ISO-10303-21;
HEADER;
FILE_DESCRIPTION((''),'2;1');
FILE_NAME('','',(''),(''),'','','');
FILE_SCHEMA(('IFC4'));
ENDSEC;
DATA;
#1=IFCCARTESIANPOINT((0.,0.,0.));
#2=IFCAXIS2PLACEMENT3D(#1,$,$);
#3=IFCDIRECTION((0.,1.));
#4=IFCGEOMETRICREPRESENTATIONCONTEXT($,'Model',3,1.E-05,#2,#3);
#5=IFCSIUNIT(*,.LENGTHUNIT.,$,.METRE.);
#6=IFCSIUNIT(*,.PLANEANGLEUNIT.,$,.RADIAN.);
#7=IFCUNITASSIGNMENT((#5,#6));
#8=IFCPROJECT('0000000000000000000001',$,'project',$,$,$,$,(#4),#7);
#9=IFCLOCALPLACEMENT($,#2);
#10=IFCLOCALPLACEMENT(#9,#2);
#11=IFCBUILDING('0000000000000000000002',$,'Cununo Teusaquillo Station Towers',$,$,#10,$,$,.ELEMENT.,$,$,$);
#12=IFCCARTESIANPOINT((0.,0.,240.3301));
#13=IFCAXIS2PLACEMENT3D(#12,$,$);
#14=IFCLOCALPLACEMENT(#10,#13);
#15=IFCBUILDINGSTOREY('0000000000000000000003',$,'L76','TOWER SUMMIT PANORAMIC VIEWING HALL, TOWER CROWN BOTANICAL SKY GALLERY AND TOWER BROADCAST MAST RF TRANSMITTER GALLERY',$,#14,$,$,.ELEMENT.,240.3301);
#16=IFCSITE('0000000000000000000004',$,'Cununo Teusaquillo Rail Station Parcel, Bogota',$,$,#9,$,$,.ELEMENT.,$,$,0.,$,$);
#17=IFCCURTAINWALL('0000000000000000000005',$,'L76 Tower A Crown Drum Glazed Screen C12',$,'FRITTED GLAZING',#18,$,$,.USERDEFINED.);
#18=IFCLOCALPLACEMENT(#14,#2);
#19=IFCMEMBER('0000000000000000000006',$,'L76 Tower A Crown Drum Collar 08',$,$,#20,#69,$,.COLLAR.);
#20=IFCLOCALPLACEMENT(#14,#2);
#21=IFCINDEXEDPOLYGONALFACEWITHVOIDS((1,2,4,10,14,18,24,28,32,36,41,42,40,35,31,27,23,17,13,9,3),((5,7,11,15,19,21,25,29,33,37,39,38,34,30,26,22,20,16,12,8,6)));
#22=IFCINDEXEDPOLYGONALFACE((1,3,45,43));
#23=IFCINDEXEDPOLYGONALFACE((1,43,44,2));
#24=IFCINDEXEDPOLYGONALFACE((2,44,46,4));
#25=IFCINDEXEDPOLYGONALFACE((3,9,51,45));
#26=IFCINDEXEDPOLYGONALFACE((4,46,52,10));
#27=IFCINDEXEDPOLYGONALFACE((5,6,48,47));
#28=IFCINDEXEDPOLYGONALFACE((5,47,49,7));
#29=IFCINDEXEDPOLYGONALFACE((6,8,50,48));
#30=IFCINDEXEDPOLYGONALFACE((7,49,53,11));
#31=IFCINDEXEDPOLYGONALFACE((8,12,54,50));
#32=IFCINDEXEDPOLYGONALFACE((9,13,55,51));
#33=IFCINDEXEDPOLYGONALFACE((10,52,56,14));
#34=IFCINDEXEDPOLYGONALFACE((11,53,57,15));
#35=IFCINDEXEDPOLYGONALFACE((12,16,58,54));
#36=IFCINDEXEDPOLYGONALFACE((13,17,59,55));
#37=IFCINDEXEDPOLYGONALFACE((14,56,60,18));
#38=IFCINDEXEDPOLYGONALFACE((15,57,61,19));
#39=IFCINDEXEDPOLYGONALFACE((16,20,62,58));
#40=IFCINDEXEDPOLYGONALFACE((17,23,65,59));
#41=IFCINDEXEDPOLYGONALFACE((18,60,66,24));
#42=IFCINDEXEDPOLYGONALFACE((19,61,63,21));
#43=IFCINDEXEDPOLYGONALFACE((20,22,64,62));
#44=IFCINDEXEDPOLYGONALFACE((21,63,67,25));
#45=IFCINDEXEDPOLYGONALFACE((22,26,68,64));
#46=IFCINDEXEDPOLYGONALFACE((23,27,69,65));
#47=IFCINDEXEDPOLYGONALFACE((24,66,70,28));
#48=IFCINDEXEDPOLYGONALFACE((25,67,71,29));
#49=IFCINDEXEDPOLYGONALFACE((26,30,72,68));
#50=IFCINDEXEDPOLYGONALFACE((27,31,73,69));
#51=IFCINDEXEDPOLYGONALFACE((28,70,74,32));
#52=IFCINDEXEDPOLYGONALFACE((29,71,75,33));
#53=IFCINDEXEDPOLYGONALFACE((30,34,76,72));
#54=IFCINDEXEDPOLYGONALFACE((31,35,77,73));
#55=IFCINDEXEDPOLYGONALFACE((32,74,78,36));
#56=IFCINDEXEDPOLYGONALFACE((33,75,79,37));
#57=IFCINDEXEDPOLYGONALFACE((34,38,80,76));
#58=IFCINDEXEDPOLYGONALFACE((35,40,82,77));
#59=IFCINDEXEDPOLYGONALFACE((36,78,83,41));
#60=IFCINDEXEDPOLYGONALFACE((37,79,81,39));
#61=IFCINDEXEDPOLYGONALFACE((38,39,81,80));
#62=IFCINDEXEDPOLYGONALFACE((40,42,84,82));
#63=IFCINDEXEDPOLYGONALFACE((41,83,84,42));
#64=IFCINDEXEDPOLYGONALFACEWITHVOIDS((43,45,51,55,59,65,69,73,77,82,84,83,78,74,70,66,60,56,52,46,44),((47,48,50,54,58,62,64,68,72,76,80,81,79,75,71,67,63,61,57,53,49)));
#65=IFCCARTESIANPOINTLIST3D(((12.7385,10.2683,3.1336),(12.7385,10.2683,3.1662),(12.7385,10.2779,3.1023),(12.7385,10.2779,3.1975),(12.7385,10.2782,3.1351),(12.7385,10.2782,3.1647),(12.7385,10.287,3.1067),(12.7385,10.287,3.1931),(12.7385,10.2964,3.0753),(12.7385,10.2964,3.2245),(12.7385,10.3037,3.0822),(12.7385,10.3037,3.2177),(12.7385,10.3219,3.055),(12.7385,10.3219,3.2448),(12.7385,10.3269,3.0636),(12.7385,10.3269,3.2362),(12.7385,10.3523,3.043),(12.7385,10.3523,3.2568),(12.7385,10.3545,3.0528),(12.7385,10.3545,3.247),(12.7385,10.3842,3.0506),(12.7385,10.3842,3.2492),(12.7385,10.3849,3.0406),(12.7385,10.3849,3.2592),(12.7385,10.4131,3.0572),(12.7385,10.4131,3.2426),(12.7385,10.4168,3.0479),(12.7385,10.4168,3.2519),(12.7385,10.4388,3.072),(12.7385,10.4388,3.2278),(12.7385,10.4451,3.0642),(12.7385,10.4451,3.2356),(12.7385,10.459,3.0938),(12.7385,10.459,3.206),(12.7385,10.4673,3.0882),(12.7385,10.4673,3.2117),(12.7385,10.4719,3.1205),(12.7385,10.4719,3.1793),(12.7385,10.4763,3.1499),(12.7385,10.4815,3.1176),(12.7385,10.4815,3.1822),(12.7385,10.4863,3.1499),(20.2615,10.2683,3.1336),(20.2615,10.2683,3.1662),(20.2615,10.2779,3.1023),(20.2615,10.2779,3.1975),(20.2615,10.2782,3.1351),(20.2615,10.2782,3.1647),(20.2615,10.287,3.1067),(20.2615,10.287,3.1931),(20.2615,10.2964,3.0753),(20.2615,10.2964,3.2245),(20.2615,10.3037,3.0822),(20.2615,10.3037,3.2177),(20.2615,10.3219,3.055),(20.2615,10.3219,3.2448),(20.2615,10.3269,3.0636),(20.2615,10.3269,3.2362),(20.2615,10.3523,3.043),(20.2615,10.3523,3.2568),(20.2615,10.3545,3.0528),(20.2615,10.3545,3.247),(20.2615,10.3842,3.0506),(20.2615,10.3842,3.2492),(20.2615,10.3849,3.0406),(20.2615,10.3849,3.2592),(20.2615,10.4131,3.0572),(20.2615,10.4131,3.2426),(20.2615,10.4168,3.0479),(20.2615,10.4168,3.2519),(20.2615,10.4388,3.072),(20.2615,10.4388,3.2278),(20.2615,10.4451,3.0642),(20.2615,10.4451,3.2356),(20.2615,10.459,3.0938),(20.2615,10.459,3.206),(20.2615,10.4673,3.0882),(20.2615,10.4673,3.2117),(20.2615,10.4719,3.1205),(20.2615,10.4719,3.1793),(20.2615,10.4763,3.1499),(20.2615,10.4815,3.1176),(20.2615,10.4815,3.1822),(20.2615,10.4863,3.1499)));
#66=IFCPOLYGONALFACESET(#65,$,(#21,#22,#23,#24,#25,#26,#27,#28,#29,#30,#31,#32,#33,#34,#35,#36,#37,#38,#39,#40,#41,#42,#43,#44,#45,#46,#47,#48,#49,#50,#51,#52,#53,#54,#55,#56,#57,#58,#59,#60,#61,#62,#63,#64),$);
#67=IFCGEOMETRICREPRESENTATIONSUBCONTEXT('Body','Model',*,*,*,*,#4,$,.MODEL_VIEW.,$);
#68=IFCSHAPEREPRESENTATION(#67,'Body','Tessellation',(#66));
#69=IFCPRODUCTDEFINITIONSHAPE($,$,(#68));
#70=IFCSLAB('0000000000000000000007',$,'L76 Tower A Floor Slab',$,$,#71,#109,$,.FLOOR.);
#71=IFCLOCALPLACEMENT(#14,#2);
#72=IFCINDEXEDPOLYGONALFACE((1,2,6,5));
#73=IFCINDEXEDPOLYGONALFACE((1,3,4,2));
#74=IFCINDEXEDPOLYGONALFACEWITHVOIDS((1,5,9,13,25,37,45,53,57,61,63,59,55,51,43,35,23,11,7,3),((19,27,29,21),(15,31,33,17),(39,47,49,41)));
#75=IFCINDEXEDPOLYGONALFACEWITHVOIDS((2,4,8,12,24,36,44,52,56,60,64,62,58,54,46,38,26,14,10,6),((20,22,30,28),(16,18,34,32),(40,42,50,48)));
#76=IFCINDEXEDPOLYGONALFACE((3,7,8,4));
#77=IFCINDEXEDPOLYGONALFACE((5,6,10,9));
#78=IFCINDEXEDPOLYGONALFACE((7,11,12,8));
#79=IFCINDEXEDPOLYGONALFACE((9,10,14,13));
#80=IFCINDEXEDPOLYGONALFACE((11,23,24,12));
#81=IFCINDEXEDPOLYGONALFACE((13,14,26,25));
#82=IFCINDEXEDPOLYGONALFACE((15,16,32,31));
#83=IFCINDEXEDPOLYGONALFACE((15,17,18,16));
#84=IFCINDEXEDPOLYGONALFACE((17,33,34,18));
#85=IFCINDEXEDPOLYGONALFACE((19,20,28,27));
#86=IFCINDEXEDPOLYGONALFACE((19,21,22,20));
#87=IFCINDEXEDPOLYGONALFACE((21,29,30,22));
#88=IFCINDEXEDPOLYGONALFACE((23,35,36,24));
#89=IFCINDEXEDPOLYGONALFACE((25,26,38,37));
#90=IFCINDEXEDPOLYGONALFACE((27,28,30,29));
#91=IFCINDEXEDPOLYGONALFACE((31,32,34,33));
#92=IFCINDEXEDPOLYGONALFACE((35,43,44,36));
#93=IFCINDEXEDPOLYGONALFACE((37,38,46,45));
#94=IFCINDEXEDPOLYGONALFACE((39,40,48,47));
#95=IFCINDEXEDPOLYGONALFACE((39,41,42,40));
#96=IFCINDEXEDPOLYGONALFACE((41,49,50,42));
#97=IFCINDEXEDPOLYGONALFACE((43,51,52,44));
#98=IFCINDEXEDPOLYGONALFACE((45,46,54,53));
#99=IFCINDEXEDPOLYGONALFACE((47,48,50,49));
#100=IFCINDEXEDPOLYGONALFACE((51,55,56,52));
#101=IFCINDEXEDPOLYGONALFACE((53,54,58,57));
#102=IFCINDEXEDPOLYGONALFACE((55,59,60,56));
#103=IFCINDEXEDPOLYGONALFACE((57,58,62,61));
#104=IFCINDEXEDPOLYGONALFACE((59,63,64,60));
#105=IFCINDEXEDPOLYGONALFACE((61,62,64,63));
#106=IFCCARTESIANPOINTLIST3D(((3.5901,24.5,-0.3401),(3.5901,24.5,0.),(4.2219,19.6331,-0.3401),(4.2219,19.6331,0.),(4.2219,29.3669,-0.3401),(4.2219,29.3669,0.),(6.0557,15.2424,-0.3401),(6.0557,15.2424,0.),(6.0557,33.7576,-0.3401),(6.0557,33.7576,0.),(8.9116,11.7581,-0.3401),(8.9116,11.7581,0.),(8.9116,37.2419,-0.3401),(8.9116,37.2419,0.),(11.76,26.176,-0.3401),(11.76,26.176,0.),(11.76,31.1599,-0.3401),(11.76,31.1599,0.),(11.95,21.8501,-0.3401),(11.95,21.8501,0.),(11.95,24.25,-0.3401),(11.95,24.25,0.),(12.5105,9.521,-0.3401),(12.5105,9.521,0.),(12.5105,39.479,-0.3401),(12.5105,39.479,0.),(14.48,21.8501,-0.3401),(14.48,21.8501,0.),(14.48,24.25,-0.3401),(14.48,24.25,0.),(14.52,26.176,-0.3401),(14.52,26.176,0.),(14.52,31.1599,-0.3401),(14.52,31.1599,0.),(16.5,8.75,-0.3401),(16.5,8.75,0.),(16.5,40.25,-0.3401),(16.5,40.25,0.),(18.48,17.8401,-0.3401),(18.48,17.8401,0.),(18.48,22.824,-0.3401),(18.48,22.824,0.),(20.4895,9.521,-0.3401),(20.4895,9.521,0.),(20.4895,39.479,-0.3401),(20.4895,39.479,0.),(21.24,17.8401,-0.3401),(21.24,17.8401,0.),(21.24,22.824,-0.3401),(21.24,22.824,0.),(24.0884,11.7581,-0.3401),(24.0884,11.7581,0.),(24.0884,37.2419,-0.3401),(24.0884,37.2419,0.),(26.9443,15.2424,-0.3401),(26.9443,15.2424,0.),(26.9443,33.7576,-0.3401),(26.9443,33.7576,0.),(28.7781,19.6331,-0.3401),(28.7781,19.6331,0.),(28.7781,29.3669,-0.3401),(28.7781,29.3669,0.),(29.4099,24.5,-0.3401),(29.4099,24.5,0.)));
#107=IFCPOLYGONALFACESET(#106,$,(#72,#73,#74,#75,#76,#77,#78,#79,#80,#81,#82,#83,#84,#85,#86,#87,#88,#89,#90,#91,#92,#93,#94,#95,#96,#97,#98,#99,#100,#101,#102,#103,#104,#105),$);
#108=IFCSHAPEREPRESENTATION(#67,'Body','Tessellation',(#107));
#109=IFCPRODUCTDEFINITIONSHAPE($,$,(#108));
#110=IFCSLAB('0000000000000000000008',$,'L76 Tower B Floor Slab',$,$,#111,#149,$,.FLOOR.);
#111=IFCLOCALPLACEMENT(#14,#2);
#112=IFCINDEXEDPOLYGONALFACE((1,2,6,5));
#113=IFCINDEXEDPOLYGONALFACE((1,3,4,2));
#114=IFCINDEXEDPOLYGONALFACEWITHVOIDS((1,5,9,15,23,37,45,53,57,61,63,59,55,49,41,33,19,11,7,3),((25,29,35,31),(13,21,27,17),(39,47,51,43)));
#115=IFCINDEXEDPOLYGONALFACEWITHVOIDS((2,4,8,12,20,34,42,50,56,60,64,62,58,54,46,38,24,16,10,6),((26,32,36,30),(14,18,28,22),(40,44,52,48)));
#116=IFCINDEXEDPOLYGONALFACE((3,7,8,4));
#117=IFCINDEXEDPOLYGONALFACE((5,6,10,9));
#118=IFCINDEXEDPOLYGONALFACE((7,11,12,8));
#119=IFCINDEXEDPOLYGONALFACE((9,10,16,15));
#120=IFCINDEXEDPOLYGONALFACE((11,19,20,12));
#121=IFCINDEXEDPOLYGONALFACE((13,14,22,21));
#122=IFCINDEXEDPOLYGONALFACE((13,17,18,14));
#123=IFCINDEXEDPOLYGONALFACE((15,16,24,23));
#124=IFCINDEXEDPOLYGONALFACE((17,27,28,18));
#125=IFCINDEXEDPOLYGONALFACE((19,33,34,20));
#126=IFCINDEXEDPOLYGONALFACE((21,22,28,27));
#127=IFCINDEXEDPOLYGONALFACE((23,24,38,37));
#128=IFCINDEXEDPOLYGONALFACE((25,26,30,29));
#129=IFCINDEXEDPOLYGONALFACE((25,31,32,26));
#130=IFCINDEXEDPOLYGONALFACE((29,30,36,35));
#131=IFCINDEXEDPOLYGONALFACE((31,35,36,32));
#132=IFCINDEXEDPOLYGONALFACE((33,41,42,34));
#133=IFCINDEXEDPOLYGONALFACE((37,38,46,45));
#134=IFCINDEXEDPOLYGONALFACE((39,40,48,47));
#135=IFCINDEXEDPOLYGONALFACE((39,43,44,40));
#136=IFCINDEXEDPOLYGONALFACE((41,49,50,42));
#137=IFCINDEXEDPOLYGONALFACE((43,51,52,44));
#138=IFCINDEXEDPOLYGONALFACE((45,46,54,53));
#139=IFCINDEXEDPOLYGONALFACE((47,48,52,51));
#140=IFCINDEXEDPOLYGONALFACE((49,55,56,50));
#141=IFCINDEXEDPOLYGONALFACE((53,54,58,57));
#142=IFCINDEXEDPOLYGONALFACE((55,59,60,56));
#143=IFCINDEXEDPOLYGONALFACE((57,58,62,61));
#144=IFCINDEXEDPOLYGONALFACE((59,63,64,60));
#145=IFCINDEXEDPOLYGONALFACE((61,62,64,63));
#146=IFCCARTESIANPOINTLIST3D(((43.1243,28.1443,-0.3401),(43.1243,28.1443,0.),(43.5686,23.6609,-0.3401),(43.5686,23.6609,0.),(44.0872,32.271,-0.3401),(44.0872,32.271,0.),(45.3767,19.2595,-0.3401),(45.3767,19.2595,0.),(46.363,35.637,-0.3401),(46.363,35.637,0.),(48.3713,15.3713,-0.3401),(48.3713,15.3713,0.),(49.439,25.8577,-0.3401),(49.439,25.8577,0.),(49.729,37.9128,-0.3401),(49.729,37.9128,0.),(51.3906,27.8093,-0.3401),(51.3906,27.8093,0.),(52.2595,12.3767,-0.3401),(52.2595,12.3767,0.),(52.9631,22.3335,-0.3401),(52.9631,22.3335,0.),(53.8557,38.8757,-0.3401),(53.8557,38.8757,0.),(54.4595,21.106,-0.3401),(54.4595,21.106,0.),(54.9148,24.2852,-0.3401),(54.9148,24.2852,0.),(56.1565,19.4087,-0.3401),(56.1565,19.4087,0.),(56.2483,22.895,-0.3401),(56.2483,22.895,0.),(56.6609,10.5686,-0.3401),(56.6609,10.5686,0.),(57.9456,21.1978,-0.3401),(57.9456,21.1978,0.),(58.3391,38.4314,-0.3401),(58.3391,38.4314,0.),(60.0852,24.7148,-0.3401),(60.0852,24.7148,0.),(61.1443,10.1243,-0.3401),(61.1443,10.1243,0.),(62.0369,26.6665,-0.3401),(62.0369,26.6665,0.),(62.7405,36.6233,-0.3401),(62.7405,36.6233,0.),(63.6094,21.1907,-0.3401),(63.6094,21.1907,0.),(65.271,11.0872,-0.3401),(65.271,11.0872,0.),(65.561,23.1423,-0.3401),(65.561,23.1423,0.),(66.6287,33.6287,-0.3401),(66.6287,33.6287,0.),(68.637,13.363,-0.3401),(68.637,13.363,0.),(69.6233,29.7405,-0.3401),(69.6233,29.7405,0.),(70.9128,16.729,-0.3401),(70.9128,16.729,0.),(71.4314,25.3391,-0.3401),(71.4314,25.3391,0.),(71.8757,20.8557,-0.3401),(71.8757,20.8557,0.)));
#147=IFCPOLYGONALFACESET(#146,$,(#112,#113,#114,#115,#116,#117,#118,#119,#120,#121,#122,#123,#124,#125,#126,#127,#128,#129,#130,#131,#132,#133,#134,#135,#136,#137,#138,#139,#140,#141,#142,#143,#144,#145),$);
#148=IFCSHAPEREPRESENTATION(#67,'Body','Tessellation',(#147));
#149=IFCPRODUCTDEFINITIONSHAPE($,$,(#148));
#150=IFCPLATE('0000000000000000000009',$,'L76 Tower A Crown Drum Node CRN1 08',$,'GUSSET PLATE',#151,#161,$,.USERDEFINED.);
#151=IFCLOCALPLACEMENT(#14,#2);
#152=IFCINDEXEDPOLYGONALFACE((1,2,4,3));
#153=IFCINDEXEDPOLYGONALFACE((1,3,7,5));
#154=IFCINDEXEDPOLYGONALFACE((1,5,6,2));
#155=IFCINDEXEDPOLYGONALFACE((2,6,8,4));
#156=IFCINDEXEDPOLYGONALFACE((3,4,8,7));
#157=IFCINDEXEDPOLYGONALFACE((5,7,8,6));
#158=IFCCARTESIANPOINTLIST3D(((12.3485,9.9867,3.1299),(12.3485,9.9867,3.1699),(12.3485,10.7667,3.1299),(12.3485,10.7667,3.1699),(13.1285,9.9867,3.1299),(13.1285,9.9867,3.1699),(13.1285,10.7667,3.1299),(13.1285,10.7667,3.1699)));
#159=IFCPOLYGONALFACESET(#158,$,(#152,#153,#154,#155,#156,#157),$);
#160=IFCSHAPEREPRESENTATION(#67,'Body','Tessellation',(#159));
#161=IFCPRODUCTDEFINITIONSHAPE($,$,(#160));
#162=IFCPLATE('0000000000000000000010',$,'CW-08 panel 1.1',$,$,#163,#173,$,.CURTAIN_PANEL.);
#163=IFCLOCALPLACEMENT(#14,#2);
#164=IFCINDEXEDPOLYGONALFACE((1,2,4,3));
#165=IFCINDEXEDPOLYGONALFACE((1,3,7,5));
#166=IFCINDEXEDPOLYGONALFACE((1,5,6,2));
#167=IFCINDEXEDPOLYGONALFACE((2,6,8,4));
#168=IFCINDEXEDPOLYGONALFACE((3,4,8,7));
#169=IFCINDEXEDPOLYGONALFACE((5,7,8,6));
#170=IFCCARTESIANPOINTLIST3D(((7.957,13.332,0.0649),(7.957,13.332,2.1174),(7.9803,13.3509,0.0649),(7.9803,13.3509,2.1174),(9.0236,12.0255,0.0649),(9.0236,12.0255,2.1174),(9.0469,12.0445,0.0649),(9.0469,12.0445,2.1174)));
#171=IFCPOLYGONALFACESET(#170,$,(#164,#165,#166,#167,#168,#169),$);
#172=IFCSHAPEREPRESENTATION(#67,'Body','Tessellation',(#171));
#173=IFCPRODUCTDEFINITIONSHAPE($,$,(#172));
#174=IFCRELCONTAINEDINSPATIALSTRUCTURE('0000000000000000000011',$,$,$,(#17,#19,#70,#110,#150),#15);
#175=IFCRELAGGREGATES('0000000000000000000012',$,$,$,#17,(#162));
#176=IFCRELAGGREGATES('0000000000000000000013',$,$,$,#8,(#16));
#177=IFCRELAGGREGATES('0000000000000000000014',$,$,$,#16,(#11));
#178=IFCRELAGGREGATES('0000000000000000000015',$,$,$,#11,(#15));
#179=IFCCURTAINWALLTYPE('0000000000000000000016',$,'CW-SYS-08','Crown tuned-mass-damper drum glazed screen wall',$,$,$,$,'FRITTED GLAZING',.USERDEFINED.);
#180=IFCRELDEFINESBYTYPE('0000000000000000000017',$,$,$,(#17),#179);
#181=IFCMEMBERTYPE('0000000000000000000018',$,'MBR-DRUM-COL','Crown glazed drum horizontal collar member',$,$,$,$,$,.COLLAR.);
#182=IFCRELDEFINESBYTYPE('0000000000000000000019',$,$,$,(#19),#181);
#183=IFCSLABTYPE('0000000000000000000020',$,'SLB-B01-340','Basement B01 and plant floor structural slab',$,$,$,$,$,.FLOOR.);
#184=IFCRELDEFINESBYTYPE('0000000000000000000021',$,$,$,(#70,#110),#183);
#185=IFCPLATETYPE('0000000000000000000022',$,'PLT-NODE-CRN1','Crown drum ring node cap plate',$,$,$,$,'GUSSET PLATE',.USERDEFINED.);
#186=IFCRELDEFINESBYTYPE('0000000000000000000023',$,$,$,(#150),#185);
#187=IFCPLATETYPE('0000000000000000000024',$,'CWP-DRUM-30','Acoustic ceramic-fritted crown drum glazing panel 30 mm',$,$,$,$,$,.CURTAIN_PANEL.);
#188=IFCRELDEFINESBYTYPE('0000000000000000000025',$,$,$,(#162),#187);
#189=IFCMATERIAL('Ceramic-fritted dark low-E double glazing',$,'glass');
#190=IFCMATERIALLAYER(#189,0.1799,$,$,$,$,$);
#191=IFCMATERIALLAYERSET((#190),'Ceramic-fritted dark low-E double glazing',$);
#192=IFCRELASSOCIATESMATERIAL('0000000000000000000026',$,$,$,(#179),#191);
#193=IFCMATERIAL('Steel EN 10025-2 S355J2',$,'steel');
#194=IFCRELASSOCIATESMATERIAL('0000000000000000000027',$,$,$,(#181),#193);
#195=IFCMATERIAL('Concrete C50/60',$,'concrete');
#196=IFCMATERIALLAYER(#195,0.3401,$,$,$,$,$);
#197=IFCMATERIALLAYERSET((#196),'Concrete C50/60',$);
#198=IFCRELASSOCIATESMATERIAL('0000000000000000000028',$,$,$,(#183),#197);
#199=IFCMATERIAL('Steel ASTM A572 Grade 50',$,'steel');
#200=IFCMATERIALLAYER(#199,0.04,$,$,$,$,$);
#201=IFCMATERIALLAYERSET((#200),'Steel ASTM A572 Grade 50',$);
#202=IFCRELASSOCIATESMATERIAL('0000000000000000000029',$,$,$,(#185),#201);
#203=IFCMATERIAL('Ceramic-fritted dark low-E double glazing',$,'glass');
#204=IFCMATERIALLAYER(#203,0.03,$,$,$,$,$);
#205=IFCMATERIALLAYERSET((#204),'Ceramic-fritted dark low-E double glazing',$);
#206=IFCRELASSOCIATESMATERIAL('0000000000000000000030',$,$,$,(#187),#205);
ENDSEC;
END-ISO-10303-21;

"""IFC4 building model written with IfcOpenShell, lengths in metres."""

from ifc_helpers import new_model, si_unit, direction, frame, origin, origin_2d, place, context, subcontext, project, spatial, polyline, rectangle, hollow_circle, outline, extrude, source, transform, mapped, material, layer, layer_set, material_profile, profile_set, type_object, element, aggregate, save


model = new_model("IFC4")

# Units and contexts
model_context = context("Model", 3, precision=1e-05, world=origin(), true_north=direction((0.0, 1.0)))
body_context = subcontext(model_context, "Body", "Model", "MODEL_VIEW")
ifc_project = project(units=[si_unit("LENGTHUNIT", "METRE"), si_unit("PLANEANGLEUNIT", "RADIAN")], contexts=[model_context])

# Site, building, storey
site_placement = place(None, origin())
site = spatial("IfcSite", under=ifc_project, at=site_placement, Name="Cununo Teusaquillo Rail Station Parcel, Bogota", CompositionType="ELEMENT", RefElevation=0.0)
building_placement = place(site_placement, origin())
building = spatial("IfcBuilding", under=site, at=building_placement, Name="Cununo Teusaquillo Station Towers", CompositionType="ELEMENT")
storey_placement = place(building_placement, frame((0.0, 0.0, 240.3301)))
storey = spatial("IfcBuildingStorey", under=building, at=storey_placement, Name="L76", Description="TOWER SUMMIT PANORAMIC VIEWING HALL, TOWER CROWN BOTANICAL SKY GALLERY AND TOWER BROADCAST MAST RF TRANSMITTER GALLERY", CompositionType="ELEMENT", Elevation=240.3301)

# Curtain wall
ifc_material_1 = material(Name="Ceramic-fritted dark low-E double glazing", Category="glass")
ifc_layer_1 = layer(ifc_material_1, 0.1799)
ifc_layer_set_1 = layer_set([ifc_layer_1], Name="Ceramic-fritted dark low-E double glazing")
curtain_wall_type = type_object("IfcCurtainWallType", Name="CW-SYS-08", Description="Crown tuned-mass-damper drum glazed screen wall", ElementType="FRITTED GLAZING", PredefinedType="USERDEFINED", material=ifc_layer_set_1)
curtain_wall_placement = place(storey_placement, origin())
curtain_wall = element("IfcCurtainWall", 1, at=curtain_wall_placement, inside=storey, type_object=curtain_wall_type, Name="L76 Tower A Crown Drum Glazed Screen C12", ObjectType="FRITTED GLAZING", PredefinedType="USERDEFINED")

# Member
ifc_material_2 = material(Name="Steel EN 10025-2 S355J2", Category="steel")
ifc_material_profile_1 = material_profile(ifc_material_2, hollow_circle(Radius=0.1096, WallThickness=0.01, at=origin_2d()), Name="CHS 219x10")
ifc_profile_set_1 = profile_set([ifc_material_profile_1], Name="Steel EN 10025-2 S355J2")
member_type_1 = type_object("IfcMemberType", Name="MBR-DRUM-COL", Description="Crown glazed drum horizontal collar member", PredefinedType="COLLAR", material=ifc_profile_set_1)
member_1_placement = place(storey_placement, frame((12.7385, 10.3767, 3.1499), z_axis=(1.0, 0.0, 0.0), x_axis=(0.0, 1.0, 0.0)))
element("IfcMember", 2, at=member_1_placement, inside=storey, type_object=member_type_1, Name="L76 Tower A Crown Drum Collar 08", PredefinedType="COLLAR", context=body_context, shape_type="SweptSolid", body=[
    extrude(hollow_circle(Radius=0.1096, WallThickness=0.01, at=origin_2d()), origin(), (0.0, 0.0, 1.0), 7.5229),
])

# Slabs
ifc_material_3 = material(Name="Concrete C50/60", Category="concrete")
ifc_layer_2 = layer(ifc_material_3, 0.3401)
ifc_layer_set_2 = layer_set([ifc_layer_2], Name="Concrete C50/60")
slab_type = type_object("IfcSlabType", Name="SLB-B01-340", Description="Basement B01 and plant floor structural slab", PredefinedType="FLOOR", material=ifc_layer_set_2)
slab_1_placement = place(storey_placement, frame((0.0, 0.0, -0.3401)))
element("IfcSlab", 3, at=slab_1_placement, inside=storey, type_object=slab_type, Name="L76 Tower A Floor Slab", PredefinedType="FLOOR", context=body_context, shape_type="SweptSolid", body=[
    extrude(outline(polyline([(29.4099, 24.5), (28.7781, 29.3669), (26.9443, 33.7576), (24.0884, 37.2419), (20.4895, 39.479), (16.5, 40.25), (12.5105, 39.479), (8.9116, 37.2419), (6.0557, 33.7576), (4.2219, 29.3669), (3.5901, 24.5), (4.2219, 19.6331), (6.0557, 15.2424), (8.9116, 11.7581), (12.5105, 9.521), (16.5, 8.75), (20.4895, 9.521), (24.0884, 11.7581), (26.9443, 15.2424), (28.7781, 19.6331), (29.4099, 24.5)]), holes=[polyline([(14.52, 26.176), (14.52, 31.1599), (11.76, 31.1599), (11.76, 26.176), (14.52, 26.176)]), polyline([(18.48, 22.824), (18.48, 17.8401), (21.24, 17.8401), (21.24, 22.824), (18.48, 22.824)]), polyline([(11.95, 21.8501), (14.48, 21.8501), (14.48, 24.25), (11.95, 24.25), (11.95, 21.8501)])]), origin(), (0.0, 0.0, 1.0), 0.3401),
])
slab_2_placement = place(storey_placement, frame((0.0, 0.0, -0.3401)))
element("IfcSlab", 4, at=slab_2_placement, inside=storey, type_object=slab_type, Name="L76 Tower B Floor Slab", PredefinedType="FLOOR", context=body_context, shape_type="SweptSolid", body=[
    extrude(outline(polyline([(66.6287, 33.6287), (62.7405, 36.6233), (58.3391, 38.4314), (53.8557, 38.8757), (49.729, 37.9128), (46.363, 35.637), (44.0872, 32.271), (43.1243, 28.1443), (43.5686, 23.6609), (45.3767, 19.2595), (48.3713, 15.3713), (52.2595, 12.3767), (56.6609, 10.5686), (61.1443, 10.1243), (65.271, 11.0872), (68.637, 13.363), (70.9128, 16.729), (71.8757, 20.8557), (71.4314, 25.3391), (69.6233, 29.7405), (66.6287, 33.6287)]), holes=[polyline([(54.9148, 24.2852), (51.3906, 27.8093), (49.439, 25.8577), (52.9631, 22.3335), (54.9148, 24.2852)]), polyline([(60.0852, 24.7148), (63.6094, 21.1907), (65.561, 23.1423), (62.0369, 26.6665), (60.0852, 24.7148)]), polyline([(56.1565, 19.4087), (57.9456, 21.1978), (56.2483, 22.895), (54.4595, 21.106), (56.1565, 19.4087)])]), origin(), (0.0, 0.0, 1.0), 0.3401),
])

# Plates
ifc_material_4 = material(Name="Steel ASTM A572 Grade 50", Category="steel")
ifc_layer_3 = layer(ifc_material_4, 0.04)
ifc_layer_set_3 = layer_set([ifc_layer_3], Name="Steel ASTM A572 Grade 50")
plate_type_1 = type_object("IfcPlateType", Name="PLT-NODE-CRN1", Description="Crown drum ring node cap plate", ElementType="GUSSET PLATE", PredefinedType="USERDEFINED", material=ifc_layer_set_3)
shared_shape_1 = source(origin(), body_context, "Body", "SweptSolid", [
    extrude(rectangle(XDim=0.78, YDim=0.78, at=origin_2d()), origin(), (0.0, 0.0, 1.0), 0.04),
])
plate_1_placement = place(storey_placement, frame((12.7385, 10.3767, 3.1299), z_axis=(0.0, 0.0, 1.0), x_axis=(1.0, 0.0, 0.0)))
element("IfcPlate", 5, at=plate_1_placement, inside=storey, type_object=plate_type_1, Name="L76 Tower A Crown Drum Node CRN1 08", ObjectType="GUSSET PLATE", PredefinedType="USERDEFINED", context=body_context, shape_type="MappedRepresentation", body=[
    mapped(shared_shape_1, transform((0.0, 0.0, 0.0), x_axis=(1.0, 0.0, 0.0), y_axis=(0.0, 1.0, 0.0), z_axis=(0.0, 0.0, 1.0), scale=1.0)),
])
ifc_material_5 = material(Name="Ceramic-fritted dark low-E double glazing", Category="glass")
ifc_layer_4 = layer(ifc_material_5, 0.03)
ifc_layer_set_4 = layer_set([ifc_layer_4], Name="Ceramic-fritted dark low-E double glazing")
plate_type_2 = type_object("IfcPlateType", Name="CWP-DRUM-30", Description="Acoustic ceramic-fritted crown drum glazing panel 30 mm", PredefinedType="CURTAIN_PANEL", material=ifc_layer_set_4)
shared_shape_2 = source(origin(), body_context, "Body", "SweptSolid", [
    extrude(rectangle(XDim=1.6865, YDim=0.03, at=origin_2d()), origin(), (0.0, 0.0, 1.0), 2.0525),
])
plate_2_placement = place(storey_placement, frame((8.502, 12.6882, 0.0649), z_axis=(0.0, 0.0, 1.0), x_axis=(-0.632409, 0.774635, 0.0)))
plate_2 = element("IfcPlate", 6, at=plate_2_placement, type_object=plate_type_2, Name="CW-08 panel 1.1", PredefinedType="CURTAIN_PANEL", context=body_context, shape_type="MappedRepresentation", body=[
    mapped(shared_shape_2, transform((0.0, 0.0, 0.0), x_axis=(1.0, 0.0, 0.0), y_axis=(0.0, 1.0, 0.0), z_axis=(0.0, 0.0, 1.0), scale=1.0)),
])
aggregate(curtain_wall, [plate_2])

save(model, "model.ifc")
